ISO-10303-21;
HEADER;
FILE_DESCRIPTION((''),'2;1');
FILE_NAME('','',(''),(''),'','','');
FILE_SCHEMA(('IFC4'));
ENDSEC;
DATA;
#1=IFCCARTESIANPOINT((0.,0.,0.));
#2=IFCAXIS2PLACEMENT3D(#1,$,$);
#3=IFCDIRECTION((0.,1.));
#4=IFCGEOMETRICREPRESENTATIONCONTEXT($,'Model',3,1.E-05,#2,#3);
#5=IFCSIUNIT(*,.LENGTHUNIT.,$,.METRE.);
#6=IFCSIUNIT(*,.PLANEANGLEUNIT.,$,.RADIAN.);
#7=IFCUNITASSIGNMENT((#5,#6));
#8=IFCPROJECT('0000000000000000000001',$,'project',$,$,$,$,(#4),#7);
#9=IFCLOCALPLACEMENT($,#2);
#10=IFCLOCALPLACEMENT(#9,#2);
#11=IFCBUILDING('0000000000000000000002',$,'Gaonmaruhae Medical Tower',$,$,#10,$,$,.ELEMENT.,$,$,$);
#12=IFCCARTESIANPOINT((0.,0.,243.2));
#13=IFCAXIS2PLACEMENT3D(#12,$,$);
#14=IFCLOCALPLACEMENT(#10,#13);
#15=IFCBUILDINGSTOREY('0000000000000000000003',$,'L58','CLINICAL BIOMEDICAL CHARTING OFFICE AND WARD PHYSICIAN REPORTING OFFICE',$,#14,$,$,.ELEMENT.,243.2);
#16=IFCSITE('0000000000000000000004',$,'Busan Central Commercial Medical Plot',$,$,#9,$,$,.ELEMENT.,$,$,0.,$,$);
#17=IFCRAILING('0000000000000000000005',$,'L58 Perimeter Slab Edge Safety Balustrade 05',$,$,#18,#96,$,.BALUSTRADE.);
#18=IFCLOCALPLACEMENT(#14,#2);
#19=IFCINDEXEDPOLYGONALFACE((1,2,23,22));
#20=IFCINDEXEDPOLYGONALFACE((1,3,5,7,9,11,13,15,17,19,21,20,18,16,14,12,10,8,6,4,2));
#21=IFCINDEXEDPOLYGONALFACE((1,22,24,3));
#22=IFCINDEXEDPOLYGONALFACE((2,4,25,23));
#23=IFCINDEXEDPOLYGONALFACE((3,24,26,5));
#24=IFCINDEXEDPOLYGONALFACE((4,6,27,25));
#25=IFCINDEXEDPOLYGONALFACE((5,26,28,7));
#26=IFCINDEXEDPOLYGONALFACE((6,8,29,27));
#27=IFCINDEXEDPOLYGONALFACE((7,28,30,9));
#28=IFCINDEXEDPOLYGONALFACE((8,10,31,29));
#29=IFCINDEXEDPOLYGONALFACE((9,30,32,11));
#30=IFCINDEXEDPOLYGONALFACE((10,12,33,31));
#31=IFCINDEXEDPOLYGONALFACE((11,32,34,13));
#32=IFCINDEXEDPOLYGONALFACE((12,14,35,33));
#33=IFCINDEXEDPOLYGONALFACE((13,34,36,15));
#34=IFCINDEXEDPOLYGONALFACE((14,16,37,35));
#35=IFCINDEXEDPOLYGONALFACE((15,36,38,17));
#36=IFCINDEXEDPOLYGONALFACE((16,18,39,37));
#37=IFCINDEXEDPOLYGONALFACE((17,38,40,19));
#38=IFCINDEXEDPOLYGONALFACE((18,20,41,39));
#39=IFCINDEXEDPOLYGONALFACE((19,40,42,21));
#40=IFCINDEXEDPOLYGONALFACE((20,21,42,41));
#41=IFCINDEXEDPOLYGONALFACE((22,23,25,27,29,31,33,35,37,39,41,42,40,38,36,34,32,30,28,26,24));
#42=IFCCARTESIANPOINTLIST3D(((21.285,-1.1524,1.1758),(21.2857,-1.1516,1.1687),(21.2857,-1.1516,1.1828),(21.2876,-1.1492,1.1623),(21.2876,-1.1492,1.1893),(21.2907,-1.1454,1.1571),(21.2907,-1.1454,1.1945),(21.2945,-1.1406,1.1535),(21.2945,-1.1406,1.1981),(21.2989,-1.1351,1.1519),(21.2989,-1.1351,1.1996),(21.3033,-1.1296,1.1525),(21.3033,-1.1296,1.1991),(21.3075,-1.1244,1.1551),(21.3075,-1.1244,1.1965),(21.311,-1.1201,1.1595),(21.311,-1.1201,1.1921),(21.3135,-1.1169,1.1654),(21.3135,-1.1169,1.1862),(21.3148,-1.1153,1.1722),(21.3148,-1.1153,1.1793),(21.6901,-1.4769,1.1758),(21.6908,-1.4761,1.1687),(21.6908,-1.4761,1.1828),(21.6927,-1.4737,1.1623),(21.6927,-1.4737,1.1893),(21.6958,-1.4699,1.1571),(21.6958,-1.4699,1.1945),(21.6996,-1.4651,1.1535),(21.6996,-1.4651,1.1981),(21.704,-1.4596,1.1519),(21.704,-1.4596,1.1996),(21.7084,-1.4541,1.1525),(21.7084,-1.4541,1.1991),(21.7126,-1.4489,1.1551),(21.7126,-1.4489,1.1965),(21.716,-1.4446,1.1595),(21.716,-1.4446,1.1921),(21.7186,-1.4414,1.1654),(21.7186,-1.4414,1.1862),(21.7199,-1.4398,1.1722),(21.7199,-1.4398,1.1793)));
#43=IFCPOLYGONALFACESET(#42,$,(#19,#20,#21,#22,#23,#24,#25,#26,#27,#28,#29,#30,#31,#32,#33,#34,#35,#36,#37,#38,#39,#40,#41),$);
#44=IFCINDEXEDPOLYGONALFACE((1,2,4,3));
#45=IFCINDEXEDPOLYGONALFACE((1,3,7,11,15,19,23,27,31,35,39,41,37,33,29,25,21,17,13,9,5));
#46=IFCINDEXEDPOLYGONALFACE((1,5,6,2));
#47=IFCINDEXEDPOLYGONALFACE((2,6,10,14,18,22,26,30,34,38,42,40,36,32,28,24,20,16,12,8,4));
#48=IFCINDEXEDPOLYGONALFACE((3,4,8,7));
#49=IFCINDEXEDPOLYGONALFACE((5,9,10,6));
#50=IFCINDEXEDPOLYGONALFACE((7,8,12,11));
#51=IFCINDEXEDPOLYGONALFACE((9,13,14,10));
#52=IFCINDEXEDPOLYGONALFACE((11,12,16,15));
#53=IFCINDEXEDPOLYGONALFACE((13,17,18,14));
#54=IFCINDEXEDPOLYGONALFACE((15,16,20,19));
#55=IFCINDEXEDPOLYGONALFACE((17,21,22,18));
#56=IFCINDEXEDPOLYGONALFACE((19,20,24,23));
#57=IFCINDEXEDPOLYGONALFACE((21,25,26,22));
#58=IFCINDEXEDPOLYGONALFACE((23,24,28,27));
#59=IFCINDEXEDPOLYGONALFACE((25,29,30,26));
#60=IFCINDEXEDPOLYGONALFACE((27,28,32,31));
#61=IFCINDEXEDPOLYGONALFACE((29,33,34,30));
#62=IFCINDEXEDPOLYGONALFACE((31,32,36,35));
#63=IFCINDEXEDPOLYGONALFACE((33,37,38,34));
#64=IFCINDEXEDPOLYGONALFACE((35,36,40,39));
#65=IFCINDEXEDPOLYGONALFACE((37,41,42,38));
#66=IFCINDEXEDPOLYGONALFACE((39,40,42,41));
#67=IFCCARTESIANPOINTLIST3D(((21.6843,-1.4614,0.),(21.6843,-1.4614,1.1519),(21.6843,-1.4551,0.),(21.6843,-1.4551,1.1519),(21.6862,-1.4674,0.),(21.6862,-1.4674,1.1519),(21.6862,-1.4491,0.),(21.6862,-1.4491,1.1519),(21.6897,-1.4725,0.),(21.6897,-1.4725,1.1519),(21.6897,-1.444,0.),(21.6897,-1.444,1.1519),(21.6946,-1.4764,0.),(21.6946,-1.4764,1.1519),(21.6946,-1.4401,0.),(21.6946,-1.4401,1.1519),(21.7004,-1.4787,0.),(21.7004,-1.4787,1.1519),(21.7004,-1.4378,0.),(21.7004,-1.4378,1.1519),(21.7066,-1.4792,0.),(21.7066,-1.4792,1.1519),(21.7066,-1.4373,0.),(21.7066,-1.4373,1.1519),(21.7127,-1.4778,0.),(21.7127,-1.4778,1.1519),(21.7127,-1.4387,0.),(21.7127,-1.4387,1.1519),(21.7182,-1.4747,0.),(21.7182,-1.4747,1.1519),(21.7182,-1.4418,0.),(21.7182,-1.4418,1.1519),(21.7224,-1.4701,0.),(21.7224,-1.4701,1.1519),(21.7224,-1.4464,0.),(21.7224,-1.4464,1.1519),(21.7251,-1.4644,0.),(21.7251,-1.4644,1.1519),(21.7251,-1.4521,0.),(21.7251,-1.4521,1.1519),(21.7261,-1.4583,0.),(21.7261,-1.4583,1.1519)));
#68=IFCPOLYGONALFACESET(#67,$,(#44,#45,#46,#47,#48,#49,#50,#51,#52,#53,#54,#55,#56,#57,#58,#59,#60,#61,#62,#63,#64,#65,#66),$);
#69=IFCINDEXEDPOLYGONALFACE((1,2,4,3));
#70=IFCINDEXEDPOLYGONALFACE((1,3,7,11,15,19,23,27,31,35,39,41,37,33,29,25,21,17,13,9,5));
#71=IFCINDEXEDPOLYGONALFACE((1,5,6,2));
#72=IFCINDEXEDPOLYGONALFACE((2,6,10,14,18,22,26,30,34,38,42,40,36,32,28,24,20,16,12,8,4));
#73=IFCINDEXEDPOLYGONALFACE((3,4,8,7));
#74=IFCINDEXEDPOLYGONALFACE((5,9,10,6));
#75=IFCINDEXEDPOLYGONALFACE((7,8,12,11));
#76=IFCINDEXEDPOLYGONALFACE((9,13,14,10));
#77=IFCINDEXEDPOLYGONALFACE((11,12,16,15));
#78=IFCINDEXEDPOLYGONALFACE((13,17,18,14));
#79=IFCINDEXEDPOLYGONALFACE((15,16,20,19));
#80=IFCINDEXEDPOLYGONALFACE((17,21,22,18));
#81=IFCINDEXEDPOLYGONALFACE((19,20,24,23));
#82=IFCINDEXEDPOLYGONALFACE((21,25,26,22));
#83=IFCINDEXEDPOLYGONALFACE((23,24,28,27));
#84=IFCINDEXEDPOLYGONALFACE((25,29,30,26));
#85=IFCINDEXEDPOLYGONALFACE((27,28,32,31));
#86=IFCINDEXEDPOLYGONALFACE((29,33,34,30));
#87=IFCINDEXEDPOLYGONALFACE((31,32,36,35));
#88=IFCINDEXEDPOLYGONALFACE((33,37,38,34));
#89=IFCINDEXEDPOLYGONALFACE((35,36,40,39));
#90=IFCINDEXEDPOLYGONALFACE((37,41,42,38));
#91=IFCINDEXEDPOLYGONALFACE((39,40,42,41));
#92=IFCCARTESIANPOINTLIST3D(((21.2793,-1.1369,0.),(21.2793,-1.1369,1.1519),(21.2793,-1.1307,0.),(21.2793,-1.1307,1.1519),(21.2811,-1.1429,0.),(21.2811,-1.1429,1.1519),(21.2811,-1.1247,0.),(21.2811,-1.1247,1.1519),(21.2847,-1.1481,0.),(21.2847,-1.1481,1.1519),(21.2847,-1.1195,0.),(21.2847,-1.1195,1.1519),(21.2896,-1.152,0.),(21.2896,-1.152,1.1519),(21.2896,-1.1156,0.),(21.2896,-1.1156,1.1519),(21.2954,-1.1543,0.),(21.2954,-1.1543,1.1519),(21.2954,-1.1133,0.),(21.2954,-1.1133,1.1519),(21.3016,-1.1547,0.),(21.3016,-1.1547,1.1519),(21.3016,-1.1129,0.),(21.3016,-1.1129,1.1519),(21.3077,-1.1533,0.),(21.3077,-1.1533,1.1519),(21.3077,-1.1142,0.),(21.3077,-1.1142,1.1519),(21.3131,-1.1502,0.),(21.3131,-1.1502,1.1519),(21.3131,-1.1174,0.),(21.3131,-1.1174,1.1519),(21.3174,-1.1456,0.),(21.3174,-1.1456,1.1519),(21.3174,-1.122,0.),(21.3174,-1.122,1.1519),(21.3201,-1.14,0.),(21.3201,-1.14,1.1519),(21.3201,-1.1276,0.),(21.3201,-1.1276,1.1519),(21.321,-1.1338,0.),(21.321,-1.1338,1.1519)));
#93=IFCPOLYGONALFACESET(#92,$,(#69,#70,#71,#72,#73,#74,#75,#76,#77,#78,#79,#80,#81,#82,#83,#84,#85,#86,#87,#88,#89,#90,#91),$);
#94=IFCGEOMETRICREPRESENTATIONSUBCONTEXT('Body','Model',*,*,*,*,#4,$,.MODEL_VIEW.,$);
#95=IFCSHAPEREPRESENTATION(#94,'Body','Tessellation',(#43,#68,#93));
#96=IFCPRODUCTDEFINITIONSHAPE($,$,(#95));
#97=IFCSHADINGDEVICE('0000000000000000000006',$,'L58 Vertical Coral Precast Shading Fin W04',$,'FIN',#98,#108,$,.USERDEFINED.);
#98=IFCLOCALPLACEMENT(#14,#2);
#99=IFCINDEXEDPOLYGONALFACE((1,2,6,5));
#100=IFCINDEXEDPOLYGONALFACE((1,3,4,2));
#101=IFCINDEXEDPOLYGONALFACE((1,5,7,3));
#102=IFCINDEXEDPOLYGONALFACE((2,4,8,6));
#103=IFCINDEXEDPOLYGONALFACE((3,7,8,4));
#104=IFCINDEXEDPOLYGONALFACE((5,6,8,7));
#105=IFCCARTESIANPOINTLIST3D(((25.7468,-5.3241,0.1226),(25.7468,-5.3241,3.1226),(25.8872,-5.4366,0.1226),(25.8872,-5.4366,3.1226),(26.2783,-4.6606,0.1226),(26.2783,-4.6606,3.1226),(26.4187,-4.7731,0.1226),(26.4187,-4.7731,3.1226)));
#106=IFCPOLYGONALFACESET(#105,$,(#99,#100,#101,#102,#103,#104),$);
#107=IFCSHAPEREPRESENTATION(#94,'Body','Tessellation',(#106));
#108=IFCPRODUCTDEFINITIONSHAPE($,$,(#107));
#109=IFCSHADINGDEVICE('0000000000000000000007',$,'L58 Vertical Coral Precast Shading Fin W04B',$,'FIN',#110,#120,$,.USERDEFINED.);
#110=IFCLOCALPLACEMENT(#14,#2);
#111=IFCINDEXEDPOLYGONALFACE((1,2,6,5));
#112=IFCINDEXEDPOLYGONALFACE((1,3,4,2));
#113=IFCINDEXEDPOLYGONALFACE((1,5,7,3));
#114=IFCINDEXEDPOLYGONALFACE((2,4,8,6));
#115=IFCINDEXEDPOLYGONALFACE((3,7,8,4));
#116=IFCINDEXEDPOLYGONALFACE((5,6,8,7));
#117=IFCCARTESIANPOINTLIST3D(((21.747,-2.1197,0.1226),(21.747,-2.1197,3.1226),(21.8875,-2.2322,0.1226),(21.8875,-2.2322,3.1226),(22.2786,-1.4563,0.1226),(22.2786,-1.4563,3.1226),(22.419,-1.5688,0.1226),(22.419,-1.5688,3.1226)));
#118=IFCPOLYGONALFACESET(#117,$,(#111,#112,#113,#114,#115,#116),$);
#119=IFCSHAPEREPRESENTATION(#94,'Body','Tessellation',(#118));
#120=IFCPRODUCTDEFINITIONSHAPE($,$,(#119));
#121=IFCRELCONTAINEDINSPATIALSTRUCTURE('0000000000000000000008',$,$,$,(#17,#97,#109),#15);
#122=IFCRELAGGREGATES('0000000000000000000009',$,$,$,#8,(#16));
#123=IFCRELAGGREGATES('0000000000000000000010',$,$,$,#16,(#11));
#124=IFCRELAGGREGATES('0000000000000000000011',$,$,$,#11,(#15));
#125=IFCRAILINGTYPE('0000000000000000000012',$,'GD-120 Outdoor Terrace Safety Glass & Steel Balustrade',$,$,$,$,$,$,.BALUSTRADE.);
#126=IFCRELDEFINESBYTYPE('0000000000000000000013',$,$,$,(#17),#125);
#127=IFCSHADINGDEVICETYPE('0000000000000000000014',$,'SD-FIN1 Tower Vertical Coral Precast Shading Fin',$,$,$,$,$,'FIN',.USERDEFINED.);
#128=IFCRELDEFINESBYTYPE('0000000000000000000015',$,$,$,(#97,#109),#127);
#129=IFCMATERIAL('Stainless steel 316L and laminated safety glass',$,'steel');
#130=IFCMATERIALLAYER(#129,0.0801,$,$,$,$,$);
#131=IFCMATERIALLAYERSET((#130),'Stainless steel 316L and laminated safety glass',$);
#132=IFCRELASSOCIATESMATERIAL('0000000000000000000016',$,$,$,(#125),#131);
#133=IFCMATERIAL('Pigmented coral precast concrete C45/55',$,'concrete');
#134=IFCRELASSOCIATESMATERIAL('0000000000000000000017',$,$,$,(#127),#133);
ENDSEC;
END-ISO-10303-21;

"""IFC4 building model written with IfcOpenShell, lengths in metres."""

from ifc_helpers import new_model, si_unit, direction, frame, origin, origin_2d, place, context, subcontext, project, spatial, rectangle, circle, extrude, material, layer, layer_set, type_object, element, save


model = new_model("IFC4")

# Units and contexts
model_context = context("Model", 3, precision=1e-05, world=origin(), true_north=direction((0.0, 1.0)))
body_context = subcontext(model_context, "Body", "Model", "MODEL_VIEW")
ifc_project = project(units=[si_unit("LENGTHUNIT", "METRE"), si_unit("PLANEANGLEUNIT", "RADIAN")], contexts=[model_context])

# Site, building, storey
site_placement = place(None, origin())
site = spatial("IfcSite", under=ifc_project, at=site_placement, Name="Busan Central Commercial Medical Plot", CompositionType="ELEMENT", RefElevation=0.0)
building_placement = place(site_placement, origin())
building = spatial("IfcBuilding", under=site, at=building_placement, Name="Gaonmaruhae Medical Tower", CompositionType="ELEMENT")
storey_placement = place(building_placement, frame((0.0, 0.0, 243.2)))
storey = spatial("IfcBuildingStorey", under=building, at=storey_placement, Name="L58", Description="CLINICAL BIOMEDICAL CHARTING OFFICE AND WARD PHYSICIAN REPORTING OFFICE", CompositionType="ELEMENT", Elevation=243.2)

# Railing
ifc_material_1 = material(Name="Stainless steel 316L and laminated safety glass", Category="steel")
ifc_layer_1 = layer(ifc_material_1, 0.0801)
ifc_layer_set_1 = layer_set([ifc_layer_1], Name="Stainless steel 316L and laminated safety glass")
railing_type = type_object("IfcRailingType", Name="GD-120 Outdoor Terrace Safety Glass & Steel Balustrade", PredefinedType="BALUSTRADE", material=ifc_layer_set_1)
railing_placement = place(storey_placement, frame((21.7051, -1.4583, 0.0)))
element("IfcRailing", 1, at=railing_placement, inside=storey, type_object=railing_type, Name="L58 Perimeter Slab Edge Safety Balustrade 05", PredefinedType="BALUSTRADE", context=body_context, shape_type="SweptSolid", body=[
    extrude(circle(Radius=0.0239, at=origin_2d()), frame((0.0, 0.0, 1.1758), z_axis=(-0.780456, 0.625211, 0.0), x_axis=(-0.625211, -0.780456, 0.0)), (0.0, 0.0, 1.0), 0.519),
    extrude(circle(Radius=0.021, at=origin_2d()), origin(), (0.0, 0.0, 1.0), 1.1519),
    extrude(circle(Radius=0.021, at=origin_2d()), frame((-0.405, 0.3245, 0.0)), (0.0, 0.0, 1.0), 1.1519),
])

# Shading devices
ifc_material_2 = material(Name="Pigmented coral precast concrete C45/55", Category="concrete")
shading_device_type = type_object("IfcShadingDeviceType", Name="SD-FIN1 Tower Vertical Coral Precast Shading Fin", ElementType="FIN", PredefinedType="USERDEFINED", material=ifc_material_2)
for number, where, z_axis, x_axis, name in (
    (2, (26.0828, -5.0486, 0.1226), (0.0, 0.0, 1.0), (-0.78043, 0.625243, 0.0), "L58 Vertical Coral Precast Shading Fin W04"),
    (3, (22.083, -1.8442, 0.1226), (0.0, 0.0, 1.0), (-0.78043, 0.625243, 0.0), "L58 Vertical Coral Precast Shading Fin W04B"),
):
    element("IfcShadingDevice", number, at=place(storey_placement, frame(where, z_axis=z_axis, x_axis=x_axis)), inside=storey, type_object=shading_device_type, Name=name, ObjectType="FIN", PredefinedType="USERDEFINED", context=body_context, shape_type="SweptSolid", body=[
        extrude(rectangle(XDim=0.1799, YDim=0.8501, at=origin_2d()), origin(), (0.0, 0.0, 1.0), 3.0),
    ])

save(model, "model.ifc")
